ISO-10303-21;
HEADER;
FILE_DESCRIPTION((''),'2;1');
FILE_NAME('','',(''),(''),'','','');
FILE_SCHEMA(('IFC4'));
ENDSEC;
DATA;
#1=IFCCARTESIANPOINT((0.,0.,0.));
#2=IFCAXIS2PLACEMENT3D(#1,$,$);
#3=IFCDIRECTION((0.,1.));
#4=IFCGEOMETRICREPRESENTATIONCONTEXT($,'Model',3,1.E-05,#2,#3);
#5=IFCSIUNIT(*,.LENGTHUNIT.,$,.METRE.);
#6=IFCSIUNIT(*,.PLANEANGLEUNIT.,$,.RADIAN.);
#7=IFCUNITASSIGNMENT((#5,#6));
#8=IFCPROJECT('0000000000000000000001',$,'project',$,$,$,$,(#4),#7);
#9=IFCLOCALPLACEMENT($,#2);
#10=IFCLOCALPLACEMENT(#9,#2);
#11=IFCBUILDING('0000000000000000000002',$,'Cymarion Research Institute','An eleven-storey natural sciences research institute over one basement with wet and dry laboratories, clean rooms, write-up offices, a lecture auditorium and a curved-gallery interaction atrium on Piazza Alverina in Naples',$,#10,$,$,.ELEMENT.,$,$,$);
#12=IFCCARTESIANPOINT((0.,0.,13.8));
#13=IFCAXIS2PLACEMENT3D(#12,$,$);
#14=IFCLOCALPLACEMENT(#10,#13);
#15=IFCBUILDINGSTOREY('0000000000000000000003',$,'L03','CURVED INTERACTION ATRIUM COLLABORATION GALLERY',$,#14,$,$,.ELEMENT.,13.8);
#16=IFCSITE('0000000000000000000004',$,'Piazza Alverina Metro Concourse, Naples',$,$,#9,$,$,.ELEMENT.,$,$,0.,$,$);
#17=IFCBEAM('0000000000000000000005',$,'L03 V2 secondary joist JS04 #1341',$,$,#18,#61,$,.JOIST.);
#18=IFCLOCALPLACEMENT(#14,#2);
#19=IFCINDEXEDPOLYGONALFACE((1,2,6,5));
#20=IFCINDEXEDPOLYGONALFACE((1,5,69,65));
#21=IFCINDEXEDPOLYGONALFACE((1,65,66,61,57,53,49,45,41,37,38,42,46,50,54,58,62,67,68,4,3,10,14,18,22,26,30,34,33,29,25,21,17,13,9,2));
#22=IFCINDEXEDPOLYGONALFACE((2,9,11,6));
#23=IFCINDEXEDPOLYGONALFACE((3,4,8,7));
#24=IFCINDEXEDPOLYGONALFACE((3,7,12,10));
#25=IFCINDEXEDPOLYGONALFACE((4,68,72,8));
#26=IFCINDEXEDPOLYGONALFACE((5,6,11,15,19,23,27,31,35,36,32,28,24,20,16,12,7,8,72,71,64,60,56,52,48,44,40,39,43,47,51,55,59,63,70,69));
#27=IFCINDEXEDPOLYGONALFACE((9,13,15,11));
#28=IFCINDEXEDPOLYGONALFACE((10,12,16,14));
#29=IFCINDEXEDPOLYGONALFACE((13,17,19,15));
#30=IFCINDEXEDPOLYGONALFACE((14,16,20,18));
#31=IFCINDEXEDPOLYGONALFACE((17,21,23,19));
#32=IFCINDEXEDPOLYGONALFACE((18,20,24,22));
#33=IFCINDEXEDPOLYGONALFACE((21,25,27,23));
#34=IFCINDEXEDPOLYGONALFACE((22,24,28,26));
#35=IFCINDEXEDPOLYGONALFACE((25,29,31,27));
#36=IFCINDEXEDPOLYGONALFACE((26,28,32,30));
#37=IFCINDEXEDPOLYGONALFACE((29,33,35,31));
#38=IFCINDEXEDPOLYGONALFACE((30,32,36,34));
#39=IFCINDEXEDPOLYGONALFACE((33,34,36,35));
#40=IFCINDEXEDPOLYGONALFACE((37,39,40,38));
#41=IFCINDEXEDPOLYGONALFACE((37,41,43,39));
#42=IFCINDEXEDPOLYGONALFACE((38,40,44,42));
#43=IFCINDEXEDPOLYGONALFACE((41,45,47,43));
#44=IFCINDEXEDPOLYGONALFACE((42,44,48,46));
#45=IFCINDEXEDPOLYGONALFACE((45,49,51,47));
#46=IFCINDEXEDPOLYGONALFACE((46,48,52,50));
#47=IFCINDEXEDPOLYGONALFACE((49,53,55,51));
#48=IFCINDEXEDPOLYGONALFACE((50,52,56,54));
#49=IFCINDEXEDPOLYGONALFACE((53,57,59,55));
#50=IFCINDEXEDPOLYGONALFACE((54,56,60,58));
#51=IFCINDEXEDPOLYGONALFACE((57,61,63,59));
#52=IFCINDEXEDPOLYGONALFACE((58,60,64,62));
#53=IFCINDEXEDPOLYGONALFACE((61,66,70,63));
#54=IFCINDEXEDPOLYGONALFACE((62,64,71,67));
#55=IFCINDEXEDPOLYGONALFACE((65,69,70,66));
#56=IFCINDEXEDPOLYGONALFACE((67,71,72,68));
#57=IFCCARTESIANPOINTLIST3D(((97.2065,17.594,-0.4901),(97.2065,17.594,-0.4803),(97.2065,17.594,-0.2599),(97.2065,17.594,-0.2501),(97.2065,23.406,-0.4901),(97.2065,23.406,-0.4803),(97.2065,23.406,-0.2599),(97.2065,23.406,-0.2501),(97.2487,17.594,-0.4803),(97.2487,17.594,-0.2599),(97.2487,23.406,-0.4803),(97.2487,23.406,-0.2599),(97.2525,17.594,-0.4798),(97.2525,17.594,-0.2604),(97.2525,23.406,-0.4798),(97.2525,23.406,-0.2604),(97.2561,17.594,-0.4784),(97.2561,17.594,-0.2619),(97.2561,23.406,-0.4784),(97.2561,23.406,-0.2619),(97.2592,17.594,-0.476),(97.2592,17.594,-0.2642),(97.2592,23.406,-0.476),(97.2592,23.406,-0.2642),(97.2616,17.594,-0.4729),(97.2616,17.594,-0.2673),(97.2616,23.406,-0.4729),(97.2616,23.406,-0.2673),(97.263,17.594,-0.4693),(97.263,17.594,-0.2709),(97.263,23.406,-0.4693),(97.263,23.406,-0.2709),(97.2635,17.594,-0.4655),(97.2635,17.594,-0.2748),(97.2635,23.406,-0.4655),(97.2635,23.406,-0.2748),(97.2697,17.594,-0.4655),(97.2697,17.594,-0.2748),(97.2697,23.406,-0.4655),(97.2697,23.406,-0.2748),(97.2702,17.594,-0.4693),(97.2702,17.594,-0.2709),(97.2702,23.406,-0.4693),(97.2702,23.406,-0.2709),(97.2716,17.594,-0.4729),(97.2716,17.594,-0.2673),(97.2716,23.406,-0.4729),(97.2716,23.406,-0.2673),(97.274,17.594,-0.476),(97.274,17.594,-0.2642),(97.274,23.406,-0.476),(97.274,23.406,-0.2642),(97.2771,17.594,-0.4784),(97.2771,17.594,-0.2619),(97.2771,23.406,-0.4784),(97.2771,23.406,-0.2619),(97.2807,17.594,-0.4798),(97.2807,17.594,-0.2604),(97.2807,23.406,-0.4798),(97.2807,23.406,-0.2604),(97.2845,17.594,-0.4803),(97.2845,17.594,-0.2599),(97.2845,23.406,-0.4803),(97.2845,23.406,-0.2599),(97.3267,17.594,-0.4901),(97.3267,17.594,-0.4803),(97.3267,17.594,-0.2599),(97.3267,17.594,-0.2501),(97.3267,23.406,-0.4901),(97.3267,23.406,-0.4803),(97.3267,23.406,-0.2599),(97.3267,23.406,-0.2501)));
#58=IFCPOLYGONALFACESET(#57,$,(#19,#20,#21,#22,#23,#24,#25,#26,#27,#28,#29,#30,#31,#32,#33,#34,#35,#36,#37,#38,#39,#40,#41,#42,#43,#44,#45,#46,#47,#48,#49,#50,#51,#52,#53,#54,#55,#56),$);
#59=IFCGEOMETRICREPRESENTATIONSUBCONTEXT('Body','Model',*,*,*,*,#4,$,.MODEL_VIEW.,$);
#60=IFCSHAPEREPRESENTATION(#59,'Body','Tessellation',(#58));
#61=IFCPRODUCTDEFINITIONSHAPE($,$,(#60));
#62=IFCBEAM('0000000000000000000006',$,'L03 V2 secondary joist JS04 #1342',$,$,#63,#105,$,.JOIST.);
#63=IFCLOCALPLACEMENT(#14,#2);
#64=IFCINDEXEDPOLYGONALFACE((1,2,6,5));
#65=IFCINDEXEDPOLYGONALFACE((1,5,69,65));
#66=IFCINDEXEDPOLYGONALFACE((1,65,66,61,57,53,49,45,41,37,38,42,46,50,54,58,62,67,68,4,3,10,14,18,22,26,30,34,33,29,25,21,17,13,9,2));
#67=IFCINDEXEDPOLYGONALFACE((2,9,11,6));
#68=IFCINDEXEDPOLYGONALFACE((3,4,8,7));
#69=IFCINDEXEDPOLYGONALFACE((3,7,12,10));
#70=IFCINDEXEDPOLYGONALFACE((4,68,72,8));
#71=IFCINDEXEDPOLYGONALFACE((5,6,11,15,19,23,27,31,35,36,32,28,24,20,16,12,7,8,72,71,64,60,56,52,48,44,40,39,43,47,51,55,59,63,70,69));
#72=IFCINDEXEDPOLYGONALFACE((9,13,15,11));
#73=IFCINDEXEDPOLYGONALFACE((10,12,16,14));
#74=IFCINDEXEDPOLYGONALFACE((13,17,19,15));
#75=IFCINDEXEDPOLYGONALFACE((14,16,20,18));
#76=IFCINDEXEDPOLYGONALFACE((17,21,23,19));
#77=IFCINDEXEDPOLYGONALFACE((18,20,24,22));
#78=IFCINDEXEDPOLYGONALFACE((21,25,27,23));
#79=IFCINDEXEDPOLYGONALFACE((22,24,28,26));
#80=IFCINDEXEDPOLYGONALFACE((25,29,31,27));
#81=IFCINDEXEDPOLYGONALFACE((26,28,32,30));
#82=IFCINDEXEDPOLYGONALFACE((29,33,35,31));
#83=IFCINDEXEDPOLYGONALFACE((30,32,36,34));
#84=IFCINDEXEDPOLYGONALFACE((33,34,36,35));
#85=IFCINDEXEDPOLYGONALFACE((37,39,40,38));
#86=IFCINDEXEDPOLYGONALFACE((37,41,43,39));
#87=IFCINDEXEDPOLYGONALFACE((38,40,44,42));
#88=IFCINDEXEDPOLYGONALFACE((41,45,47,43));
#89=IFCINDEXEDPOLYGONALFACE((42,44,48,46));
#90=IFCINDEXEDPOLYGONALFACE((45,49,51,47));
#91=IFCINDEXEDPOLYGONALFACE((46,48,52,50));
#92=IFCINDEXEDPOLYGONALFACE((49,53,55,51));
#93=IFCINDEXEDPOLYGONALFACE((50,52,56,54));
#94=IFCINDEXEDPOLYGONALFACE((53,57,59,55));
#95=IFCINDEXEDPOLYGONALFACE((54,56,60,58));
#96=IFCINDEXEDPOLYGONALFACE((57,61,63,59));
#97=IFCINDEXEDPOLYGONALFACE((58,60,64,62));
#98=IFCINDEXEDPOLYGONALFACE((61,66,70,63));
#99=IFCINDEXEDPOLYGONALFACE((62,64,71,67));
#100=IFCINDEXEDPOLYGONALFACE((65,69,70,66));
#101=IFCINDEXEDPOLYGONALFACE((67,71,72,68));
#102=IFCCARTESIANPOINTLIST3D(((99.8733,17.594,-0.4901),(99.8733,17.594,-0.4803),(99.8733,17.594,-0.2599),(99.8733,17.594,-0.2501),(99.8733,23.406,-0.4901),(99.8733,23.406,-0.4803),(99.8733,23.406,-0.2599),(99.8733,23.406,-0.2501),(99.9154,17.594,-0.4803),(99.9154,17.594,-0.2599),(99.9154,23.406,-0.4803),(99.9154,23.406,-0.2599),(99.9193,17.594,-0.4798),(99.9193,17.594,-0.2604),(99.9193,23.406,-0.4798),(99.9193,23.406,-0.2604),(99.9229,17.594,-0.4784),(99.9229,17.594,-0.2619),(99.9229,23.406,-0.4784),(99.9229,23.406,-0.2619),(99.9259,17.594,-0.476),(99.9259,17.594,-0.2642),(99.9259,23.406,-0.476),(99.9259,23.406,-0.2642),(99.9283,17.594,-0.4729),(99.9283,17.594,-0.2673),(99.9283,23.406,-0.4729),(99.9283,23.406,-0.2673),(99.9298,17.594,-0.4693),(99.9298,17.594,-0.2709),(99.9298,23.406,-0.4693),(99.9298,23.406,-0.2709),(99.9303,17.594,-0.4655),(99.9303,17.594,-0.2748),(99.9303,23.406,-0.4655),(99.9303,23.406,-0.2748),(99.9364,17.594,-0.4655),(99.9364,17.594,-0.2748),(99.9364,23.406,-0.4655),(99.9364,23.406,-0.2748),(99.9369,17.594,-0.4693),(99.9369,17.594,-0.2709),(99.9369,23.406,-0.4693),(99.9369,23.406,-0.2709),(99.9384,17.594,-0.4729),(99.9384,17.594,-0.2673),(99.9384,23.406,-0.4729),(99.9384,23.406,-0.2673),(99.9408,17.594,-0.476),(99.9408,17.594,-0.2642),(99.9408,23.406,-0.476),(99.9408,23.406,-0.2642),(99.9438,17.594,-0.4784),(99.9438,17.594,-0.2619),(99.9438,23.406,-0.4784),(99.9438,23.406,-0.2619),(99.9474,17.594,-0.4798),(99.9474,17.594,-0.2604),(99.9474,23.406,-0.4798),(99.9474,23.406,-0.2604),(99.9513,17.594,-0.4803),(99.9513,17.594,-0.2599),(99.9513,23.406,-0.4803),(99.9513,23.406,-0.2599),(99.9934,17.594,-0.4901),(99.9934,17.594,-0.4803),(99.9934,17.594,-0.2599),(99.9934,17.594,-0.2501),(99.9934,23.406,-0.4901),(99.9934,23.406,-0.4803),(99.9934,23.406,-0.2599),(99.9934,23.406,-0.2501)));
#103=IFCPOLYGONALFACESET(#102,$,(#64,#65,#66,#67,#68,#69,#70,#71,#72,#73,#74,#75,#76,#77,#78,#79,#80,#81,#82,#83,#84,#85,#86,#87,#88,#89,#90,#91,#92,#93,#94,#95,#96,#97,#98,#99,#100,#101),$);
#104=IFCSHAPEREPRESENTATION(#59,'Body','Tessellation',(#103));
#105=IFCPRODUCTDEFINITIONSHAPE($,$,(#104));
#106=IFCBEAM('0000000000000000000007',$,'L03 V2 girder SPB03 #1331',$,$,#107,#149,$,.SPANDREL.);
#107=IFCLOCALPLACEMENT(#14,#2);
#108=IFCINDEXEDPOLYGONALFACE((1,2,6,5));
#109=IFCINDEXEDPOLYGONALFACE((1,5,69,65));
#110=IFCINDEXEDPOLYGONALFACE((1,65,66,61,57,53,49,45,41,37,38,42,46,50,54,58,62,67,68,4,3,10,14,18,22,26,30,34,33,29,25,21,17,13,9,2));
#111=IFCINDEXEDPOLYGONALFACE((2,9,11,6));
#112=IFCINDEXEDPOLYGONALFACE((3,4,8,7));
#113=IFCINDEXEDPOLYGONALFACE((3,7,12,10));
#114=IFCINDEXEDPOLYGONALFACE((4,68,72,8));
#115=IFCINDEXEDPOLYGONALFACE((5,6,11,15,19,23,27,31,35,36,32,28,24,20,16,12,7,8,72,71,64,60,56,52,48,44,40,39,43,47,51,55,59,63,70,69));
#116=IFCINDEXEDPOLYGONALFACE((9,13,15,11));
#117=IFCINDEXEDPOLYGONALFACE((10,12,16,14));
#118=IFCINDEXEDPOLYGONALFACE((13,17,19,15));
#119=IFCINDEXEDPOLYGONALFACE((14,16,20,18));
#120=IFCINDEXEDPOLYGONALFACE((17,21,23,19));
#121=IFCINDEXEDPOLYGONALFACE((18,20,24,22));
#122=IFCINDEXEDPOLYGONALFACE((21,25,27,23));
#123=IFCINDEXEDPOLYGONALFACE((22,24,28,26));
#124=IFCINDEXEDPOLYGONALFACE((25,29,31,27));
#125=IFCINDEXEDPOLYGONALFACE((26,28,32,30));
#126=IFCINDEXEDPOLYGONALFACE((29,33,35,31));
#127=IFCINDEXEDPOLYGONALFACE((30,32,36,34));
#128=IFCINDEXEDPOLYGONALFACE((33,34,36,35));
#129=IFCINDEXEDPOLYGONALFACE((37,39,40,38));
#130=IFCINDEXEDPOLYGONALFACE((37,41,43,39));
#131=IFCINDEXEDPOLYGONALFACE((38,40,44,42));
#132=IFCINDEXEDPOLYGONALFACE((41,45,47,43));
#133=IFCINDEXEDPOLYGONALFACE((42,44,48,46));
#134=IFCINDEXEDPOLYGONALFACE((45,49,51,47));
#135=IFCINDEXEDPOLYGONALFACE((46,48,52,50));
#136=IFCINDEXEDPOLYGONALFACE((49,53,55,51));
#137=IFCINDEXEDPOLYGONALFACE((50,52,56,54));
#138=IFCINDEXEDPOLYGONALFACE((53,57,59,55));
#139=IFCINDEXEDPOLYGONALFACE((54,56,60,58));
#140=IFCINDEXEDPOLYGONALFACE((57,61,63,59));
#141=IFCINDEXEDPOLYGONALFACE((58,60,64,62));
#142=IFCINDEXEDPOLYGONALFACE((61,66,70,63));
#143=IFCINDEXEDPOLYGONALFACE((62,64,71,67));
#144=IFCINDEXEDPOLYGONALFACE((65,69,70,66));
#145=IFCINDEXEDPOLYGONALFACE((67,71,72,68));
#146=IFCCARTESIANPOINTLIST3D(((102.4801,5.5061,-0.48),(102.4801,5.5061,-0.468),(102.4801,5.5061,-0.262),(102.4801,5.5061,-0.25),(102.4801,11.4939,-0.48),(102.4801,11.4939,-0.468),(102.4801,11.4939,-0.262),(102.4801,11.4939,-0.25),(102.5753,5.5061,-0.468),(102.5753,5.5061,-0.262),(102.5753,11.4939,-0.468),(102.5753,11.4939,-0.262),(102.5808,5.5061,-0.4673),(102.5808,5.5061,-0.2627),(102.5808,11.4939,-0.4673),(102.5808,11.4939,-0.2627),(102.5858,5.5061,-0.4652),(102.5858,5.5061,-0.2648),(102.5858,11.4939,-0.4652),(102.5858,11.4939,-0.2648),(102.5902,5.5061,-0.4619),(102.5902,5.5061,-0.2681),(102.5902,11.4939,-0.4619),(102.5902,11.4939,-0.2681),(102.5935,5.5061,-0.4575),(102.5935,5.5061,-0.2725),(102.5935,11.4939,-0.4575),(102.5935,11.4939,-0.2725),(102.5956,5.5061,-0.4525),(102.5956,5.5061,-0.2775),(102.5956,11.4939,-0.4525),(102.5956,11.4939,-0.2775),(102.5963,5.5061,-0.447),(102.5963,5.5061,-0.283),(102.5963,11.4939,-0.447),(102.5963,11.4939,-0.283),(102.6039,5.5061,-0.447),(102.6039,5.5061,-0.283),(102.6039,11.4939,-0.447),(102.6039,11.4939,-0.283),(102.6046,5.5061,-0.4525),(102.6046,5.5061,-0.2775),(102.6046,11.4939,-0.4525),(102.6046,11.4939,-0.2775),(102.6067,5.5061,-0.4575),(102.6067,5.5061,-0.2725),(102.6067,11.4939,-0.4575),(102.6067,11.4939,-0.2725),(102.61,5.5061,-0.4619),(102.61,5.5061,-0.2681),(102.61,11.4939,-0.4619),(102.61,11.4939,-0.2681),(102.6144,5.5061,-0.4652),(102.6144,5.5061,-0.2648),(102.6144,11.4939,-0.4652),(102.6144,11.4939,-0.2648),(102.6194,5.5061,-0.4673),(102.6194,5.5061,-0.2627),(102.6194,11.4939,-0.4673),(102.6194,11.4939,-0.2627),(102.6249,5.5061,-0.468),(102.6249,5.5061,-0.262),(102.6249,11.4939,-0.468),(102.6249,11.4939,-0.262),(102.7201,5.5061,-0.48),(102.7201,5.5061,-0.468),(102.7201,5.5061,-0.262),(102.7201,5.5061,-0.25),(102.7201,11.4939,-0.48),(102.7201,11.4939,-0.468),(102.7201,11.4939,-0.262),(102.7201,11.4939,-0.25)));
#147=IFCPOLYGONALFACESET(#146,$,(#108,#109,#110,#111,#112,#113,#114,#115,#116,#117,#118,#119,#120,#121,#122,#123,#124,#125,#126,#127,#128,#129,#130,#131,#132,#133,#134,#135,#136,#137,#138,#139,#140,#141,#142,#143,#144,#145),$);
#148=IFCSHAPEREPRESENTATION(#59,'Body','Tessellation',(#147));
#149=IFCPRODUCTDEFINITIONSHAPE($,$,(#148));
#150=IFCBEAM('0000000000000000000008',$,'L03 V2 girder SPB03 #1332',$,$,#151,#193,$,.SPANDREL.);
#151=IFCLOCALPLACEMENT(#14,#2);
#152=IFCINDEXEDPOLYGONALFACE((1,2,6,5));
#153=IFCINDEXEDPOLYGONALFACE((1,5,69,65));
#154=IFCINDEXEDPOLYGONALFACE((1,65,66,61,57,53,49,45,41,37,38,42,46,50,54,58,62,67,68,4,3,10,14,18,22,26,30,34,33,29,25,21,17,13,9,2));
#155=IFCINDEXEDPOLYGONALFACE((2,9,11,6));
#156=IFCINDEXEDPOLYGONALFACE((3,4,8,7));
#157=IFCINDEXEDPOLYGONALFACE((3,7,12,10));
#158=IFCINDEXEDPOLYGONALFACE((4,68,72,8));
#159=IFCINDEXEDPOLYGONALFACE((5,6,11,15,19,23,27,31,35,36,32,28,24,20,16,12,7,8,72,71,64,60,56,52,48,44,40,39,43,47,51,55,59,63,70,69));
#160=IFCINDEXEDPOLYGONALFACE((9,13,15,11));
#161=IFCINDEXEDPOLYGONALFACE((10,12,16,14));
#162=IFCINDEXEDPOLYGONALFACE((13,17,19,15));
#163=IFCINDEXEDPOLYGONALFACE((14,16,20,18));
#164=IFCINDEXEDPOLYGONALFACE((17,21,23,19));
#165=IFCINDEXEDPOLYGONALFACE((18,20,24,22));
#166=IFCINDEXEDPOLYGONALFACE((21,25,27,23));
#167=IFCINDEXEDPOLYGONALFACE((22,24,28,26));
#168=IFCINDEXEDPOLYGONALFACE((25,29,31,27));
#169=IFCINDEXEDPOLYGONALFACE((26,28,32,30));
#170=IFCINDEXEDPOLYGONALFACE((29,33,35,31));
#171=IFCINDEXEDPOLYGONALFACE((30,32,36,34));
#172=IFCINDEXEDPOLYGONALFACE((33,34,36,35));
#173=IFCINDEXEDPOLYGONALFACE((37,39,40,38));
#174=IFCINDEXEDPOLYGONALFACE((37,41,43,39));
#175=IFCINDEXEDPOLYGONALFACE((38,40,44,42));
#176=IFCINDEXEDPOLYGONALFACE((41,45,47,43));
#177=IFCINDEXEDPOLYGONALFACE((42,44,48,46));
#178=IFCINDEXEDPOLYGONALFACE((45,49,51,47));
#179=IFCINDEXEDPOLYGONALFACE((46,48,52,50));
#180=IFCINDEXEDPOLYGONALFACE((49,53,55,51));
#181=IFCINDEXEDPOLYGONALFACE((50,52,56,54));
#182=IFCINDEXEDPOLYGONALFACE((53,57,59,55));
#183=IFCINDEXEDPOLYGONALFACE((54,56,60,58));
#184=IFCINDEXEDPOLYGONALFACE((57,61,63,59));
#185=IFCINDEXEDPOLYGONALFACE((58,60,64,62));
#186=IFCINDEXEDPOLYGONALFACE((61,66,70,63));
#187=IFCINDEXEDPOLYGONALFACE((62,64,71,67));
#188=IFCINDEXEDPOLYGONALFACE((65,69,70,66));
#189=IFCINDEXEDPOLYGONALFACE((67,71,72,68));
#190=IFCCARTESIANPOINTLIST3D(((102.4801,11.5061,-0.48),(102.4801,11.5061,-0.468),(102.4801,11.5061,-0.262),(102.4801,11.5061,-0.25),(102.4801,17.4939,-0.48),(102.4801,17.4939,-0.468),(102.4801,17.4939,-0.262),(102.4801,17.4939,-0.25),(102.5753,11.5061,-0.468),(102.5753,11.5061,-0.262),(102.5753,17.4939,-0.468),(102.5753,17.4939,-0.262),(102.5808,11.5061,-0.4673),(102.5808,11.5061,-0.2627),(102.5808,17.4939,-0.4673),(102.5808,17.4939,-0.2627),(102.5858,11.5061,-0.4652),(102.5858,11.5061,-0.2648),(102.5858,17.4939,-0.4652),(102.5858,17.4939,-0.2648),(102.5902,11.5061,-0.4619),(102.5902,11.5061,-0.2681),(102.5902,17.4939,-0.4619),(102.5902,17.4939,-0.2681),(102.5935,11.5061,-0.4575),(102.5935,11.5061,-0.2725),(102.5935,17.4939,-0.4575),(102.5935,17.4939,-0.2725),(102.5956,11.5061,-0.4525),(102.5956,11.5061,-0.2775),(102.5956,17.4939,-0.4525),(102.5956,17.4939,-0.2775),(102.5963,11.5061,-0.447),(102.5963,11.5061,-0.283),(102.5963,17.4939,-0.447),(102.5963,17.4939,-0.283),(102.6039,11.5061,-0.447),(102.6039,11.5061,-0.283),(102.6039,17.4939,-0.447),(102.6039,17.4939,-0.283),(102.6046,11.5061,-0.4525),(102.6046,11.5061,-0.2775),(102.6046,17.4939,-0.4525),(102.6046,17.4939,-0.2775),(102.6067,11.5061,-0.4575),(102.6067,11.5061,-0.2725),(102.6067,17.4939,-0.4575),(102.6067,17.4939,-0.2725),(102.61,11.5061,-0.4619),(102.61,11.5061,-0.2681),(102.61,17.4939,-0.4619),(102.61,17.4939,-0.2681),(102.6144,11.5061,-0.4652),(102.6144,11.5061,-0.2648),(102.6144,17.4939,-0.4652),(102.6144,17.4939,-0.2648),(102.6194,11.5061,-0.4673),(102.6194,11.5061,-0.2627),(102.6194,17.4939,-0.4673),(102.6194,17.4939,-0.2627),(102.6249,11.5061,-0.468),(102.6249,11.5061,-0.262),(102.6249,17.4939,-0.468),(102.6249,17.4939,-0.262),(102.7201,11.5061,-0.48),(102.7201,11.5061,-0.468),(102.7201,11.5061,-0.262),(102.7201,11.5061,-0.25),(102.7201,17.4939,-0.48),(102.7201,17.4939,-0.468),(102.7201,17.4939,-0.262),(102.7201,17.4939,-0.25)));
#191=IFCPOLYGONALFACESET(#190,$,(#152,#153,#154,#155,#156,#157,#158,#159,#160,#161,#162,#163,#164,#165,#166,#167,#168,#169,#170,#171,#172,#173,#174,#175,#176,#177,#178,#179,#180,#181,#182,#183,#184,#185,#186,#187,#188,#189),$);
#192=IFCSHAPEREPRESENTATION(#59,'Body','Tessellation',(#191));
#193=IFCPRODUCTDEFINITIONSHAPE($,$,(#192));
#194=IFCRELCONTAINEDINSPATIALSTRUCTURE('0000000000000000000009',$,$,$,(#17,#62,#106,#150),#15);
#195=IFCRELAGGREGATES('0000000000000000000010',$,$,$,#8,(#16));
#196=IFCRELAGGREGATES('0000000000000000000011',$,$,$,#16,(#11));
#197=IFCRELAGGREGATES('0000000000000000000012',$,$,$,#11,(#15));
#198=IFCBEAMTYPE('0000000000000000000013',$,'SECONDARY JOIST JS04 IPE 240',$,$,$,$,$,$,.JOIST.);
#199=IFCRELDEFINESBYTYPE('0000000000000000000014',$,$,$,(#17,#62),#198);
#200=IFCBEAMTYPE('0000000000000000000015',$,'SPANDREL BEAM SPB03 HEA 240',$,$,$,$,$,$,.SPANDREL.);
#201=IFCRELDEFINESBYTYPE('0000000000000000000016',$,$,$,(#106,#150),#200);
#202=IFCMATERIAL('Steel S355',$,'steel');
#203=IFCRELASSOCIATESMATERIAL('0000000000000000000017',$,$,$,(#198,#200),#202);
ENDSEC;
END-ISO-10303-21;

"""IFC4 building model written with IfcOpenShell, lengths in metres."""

from ifc_helpers import new_model, si_unit, direction, frame, origin, origin_2d, place, context, subcontext, project, spatial, i_section, extrude, material, material_profile, profile_set, type_object, element, save


model = new_model("IFC4")

# Units and contexts
model_context = context("Model", 3, precision=1e-05, world=origin(), true_north=direction((0.0, 1.0)))
body_context = subcontext(model_context, "Body", "Model", "MODEL_VIEW")
ifc_project = project(units=[si_unit("LENGTHUNIT", "METRE"), si_unit("PLANEANGLEUNIT", "RADIAN")], contexts=[model_context])

# Site, building, storey
site_placement = place(None, origin())
site = spatial("IfcSite", under=ifc_project, at=site_placement, Name="Piazza Alverina Metro Concourse, Naples", CompositionType="ELEMENT", RefElevation=0.0)
building_placement = place(site_placement, origin())
building = spatial("IfcBuilding", under=site, at=building_placement, Name="Cymarion Research Institute", Description="An eleven-storey natural sciences research institute over one basement with wet and dry laboratories, clean rooms, write-up offices, a lecture auditorium and a curved-gallery interaction atrium on Piazza Alverina in Naples", CompositionType="ELEMENT")
storey_placement = place(building_placement, frame((0.0, 0.0, 13.8)))
storey = spatial("IfcBuildingStorey", under=building, at=storey_placement, Name="L03", Description="CURVED INTERACTION ATRIUM COLLABORATION GALLERY", CompositionType="ELEMENT", Elevation=13.8)

# Shared definitions
ifc_material_1 = material(Name="Steel S355", Category="steel")

# Beams
ifc_material_profile_1 = material_profile(ifc_material_1, i_section(OverallWidth=0.1201, OverallDepth=0.24, WebThickness=0.0061, FlangeThickness=0.0098, FilletRadius=0.0149, at=origin_2d()), Name="IPE 240")
ifc_profile_set_1 = profile_set([ifc_material_profile_1], Name="Steel S355")
beam_type_1 = type_object("IfcBeamType", Name="SECONDARY JOIST JS04 IPE 240", PredefinedType="JOIST", material=ifc_profile_set_1)
for number, where, z_axis, x_axis, name in (
    (1, (97.2666, 17.594, -0.3701), (0.0, 1.0, 0.0), (-1.0, 0.0, 0.0), "L03 V2 secondary joist JS04 #1341"),
    (2, (99.9333, 17.594, -0.3701), (0.0, 1.0, 0.0), (-1.0, 0.0, 0.0), "L03 V2 secondary joist JS04 #1342"),
):
    element("IfcBeam", number, at=place(storey_placement, frame(where, z_axis=z_axis, x_axis=x_axis)), inside=storey, type_object=beam_type_1, Name=name, PredefinedType="JOIST", context=body_context, shape_type="SweptSolid", body=[
        extrude(i_section(OverallWidth=0.1201, OverallDepth=0.24, WebThickness=0.0061, FlangeThickness=0.0098, FilletRadius=0.0149, at=origin_2d()), origin(), (0.0, 0.0, 1.0), 5.812),
    ])
ifc_material_profile_2 = material_profile(ifc_material_1, i_section(OverallWidth=0.24, OverallDepth=0.23, WebThickness=0.0076, FlangeThickness=0.012, FilletRadius=0.021, at=origin_2d()), Name="HEA 240")
ifc_profile_set_2 = profile_set([ifc_material_profile_2], Name="Steel S355")
beam_type_2 = type_object("IfcBeamType", Name="SPANDREL BEAM SPB03 HEA 240", PredefinedType="SPANDREL", material=ifc_profile_set_2)
for number, where, z_axis, x_axis, name in (
    (3, (102.6001, 5.5061, -0.365), (0.0, 1.0, 0.0), (-1.0, 0.0, 0.0), "L03 V2 girder SPB03 #1331"),
    (4, (102.6001, 11.5061, -0.365), (0.0, 1.0, 0.0), (-1.0, 0.0, 0.0), "L03 V2 girder SPB03 #1332"),
):
    element("IfcBeam", number, at=place(storey_placement, frame(where, z_axis=z_axis, x_axis=x_axis)), inside=storey, type_object=beam_type_2, Name=name, PredefinedType="SPANDREL", context=body_context, shape_type="SweptSolid", body=[
        extrude(i_section(OverallWidth=0.24, OverallDepth=0.23, WebThickness=0.0076, FlangeThickness=0.012, FilletRadius=0.021, at=origin_2d()), origin(), (0.0, 0.0, 1.0), 5.9878),
    ])

save(model, "model.ifc")
